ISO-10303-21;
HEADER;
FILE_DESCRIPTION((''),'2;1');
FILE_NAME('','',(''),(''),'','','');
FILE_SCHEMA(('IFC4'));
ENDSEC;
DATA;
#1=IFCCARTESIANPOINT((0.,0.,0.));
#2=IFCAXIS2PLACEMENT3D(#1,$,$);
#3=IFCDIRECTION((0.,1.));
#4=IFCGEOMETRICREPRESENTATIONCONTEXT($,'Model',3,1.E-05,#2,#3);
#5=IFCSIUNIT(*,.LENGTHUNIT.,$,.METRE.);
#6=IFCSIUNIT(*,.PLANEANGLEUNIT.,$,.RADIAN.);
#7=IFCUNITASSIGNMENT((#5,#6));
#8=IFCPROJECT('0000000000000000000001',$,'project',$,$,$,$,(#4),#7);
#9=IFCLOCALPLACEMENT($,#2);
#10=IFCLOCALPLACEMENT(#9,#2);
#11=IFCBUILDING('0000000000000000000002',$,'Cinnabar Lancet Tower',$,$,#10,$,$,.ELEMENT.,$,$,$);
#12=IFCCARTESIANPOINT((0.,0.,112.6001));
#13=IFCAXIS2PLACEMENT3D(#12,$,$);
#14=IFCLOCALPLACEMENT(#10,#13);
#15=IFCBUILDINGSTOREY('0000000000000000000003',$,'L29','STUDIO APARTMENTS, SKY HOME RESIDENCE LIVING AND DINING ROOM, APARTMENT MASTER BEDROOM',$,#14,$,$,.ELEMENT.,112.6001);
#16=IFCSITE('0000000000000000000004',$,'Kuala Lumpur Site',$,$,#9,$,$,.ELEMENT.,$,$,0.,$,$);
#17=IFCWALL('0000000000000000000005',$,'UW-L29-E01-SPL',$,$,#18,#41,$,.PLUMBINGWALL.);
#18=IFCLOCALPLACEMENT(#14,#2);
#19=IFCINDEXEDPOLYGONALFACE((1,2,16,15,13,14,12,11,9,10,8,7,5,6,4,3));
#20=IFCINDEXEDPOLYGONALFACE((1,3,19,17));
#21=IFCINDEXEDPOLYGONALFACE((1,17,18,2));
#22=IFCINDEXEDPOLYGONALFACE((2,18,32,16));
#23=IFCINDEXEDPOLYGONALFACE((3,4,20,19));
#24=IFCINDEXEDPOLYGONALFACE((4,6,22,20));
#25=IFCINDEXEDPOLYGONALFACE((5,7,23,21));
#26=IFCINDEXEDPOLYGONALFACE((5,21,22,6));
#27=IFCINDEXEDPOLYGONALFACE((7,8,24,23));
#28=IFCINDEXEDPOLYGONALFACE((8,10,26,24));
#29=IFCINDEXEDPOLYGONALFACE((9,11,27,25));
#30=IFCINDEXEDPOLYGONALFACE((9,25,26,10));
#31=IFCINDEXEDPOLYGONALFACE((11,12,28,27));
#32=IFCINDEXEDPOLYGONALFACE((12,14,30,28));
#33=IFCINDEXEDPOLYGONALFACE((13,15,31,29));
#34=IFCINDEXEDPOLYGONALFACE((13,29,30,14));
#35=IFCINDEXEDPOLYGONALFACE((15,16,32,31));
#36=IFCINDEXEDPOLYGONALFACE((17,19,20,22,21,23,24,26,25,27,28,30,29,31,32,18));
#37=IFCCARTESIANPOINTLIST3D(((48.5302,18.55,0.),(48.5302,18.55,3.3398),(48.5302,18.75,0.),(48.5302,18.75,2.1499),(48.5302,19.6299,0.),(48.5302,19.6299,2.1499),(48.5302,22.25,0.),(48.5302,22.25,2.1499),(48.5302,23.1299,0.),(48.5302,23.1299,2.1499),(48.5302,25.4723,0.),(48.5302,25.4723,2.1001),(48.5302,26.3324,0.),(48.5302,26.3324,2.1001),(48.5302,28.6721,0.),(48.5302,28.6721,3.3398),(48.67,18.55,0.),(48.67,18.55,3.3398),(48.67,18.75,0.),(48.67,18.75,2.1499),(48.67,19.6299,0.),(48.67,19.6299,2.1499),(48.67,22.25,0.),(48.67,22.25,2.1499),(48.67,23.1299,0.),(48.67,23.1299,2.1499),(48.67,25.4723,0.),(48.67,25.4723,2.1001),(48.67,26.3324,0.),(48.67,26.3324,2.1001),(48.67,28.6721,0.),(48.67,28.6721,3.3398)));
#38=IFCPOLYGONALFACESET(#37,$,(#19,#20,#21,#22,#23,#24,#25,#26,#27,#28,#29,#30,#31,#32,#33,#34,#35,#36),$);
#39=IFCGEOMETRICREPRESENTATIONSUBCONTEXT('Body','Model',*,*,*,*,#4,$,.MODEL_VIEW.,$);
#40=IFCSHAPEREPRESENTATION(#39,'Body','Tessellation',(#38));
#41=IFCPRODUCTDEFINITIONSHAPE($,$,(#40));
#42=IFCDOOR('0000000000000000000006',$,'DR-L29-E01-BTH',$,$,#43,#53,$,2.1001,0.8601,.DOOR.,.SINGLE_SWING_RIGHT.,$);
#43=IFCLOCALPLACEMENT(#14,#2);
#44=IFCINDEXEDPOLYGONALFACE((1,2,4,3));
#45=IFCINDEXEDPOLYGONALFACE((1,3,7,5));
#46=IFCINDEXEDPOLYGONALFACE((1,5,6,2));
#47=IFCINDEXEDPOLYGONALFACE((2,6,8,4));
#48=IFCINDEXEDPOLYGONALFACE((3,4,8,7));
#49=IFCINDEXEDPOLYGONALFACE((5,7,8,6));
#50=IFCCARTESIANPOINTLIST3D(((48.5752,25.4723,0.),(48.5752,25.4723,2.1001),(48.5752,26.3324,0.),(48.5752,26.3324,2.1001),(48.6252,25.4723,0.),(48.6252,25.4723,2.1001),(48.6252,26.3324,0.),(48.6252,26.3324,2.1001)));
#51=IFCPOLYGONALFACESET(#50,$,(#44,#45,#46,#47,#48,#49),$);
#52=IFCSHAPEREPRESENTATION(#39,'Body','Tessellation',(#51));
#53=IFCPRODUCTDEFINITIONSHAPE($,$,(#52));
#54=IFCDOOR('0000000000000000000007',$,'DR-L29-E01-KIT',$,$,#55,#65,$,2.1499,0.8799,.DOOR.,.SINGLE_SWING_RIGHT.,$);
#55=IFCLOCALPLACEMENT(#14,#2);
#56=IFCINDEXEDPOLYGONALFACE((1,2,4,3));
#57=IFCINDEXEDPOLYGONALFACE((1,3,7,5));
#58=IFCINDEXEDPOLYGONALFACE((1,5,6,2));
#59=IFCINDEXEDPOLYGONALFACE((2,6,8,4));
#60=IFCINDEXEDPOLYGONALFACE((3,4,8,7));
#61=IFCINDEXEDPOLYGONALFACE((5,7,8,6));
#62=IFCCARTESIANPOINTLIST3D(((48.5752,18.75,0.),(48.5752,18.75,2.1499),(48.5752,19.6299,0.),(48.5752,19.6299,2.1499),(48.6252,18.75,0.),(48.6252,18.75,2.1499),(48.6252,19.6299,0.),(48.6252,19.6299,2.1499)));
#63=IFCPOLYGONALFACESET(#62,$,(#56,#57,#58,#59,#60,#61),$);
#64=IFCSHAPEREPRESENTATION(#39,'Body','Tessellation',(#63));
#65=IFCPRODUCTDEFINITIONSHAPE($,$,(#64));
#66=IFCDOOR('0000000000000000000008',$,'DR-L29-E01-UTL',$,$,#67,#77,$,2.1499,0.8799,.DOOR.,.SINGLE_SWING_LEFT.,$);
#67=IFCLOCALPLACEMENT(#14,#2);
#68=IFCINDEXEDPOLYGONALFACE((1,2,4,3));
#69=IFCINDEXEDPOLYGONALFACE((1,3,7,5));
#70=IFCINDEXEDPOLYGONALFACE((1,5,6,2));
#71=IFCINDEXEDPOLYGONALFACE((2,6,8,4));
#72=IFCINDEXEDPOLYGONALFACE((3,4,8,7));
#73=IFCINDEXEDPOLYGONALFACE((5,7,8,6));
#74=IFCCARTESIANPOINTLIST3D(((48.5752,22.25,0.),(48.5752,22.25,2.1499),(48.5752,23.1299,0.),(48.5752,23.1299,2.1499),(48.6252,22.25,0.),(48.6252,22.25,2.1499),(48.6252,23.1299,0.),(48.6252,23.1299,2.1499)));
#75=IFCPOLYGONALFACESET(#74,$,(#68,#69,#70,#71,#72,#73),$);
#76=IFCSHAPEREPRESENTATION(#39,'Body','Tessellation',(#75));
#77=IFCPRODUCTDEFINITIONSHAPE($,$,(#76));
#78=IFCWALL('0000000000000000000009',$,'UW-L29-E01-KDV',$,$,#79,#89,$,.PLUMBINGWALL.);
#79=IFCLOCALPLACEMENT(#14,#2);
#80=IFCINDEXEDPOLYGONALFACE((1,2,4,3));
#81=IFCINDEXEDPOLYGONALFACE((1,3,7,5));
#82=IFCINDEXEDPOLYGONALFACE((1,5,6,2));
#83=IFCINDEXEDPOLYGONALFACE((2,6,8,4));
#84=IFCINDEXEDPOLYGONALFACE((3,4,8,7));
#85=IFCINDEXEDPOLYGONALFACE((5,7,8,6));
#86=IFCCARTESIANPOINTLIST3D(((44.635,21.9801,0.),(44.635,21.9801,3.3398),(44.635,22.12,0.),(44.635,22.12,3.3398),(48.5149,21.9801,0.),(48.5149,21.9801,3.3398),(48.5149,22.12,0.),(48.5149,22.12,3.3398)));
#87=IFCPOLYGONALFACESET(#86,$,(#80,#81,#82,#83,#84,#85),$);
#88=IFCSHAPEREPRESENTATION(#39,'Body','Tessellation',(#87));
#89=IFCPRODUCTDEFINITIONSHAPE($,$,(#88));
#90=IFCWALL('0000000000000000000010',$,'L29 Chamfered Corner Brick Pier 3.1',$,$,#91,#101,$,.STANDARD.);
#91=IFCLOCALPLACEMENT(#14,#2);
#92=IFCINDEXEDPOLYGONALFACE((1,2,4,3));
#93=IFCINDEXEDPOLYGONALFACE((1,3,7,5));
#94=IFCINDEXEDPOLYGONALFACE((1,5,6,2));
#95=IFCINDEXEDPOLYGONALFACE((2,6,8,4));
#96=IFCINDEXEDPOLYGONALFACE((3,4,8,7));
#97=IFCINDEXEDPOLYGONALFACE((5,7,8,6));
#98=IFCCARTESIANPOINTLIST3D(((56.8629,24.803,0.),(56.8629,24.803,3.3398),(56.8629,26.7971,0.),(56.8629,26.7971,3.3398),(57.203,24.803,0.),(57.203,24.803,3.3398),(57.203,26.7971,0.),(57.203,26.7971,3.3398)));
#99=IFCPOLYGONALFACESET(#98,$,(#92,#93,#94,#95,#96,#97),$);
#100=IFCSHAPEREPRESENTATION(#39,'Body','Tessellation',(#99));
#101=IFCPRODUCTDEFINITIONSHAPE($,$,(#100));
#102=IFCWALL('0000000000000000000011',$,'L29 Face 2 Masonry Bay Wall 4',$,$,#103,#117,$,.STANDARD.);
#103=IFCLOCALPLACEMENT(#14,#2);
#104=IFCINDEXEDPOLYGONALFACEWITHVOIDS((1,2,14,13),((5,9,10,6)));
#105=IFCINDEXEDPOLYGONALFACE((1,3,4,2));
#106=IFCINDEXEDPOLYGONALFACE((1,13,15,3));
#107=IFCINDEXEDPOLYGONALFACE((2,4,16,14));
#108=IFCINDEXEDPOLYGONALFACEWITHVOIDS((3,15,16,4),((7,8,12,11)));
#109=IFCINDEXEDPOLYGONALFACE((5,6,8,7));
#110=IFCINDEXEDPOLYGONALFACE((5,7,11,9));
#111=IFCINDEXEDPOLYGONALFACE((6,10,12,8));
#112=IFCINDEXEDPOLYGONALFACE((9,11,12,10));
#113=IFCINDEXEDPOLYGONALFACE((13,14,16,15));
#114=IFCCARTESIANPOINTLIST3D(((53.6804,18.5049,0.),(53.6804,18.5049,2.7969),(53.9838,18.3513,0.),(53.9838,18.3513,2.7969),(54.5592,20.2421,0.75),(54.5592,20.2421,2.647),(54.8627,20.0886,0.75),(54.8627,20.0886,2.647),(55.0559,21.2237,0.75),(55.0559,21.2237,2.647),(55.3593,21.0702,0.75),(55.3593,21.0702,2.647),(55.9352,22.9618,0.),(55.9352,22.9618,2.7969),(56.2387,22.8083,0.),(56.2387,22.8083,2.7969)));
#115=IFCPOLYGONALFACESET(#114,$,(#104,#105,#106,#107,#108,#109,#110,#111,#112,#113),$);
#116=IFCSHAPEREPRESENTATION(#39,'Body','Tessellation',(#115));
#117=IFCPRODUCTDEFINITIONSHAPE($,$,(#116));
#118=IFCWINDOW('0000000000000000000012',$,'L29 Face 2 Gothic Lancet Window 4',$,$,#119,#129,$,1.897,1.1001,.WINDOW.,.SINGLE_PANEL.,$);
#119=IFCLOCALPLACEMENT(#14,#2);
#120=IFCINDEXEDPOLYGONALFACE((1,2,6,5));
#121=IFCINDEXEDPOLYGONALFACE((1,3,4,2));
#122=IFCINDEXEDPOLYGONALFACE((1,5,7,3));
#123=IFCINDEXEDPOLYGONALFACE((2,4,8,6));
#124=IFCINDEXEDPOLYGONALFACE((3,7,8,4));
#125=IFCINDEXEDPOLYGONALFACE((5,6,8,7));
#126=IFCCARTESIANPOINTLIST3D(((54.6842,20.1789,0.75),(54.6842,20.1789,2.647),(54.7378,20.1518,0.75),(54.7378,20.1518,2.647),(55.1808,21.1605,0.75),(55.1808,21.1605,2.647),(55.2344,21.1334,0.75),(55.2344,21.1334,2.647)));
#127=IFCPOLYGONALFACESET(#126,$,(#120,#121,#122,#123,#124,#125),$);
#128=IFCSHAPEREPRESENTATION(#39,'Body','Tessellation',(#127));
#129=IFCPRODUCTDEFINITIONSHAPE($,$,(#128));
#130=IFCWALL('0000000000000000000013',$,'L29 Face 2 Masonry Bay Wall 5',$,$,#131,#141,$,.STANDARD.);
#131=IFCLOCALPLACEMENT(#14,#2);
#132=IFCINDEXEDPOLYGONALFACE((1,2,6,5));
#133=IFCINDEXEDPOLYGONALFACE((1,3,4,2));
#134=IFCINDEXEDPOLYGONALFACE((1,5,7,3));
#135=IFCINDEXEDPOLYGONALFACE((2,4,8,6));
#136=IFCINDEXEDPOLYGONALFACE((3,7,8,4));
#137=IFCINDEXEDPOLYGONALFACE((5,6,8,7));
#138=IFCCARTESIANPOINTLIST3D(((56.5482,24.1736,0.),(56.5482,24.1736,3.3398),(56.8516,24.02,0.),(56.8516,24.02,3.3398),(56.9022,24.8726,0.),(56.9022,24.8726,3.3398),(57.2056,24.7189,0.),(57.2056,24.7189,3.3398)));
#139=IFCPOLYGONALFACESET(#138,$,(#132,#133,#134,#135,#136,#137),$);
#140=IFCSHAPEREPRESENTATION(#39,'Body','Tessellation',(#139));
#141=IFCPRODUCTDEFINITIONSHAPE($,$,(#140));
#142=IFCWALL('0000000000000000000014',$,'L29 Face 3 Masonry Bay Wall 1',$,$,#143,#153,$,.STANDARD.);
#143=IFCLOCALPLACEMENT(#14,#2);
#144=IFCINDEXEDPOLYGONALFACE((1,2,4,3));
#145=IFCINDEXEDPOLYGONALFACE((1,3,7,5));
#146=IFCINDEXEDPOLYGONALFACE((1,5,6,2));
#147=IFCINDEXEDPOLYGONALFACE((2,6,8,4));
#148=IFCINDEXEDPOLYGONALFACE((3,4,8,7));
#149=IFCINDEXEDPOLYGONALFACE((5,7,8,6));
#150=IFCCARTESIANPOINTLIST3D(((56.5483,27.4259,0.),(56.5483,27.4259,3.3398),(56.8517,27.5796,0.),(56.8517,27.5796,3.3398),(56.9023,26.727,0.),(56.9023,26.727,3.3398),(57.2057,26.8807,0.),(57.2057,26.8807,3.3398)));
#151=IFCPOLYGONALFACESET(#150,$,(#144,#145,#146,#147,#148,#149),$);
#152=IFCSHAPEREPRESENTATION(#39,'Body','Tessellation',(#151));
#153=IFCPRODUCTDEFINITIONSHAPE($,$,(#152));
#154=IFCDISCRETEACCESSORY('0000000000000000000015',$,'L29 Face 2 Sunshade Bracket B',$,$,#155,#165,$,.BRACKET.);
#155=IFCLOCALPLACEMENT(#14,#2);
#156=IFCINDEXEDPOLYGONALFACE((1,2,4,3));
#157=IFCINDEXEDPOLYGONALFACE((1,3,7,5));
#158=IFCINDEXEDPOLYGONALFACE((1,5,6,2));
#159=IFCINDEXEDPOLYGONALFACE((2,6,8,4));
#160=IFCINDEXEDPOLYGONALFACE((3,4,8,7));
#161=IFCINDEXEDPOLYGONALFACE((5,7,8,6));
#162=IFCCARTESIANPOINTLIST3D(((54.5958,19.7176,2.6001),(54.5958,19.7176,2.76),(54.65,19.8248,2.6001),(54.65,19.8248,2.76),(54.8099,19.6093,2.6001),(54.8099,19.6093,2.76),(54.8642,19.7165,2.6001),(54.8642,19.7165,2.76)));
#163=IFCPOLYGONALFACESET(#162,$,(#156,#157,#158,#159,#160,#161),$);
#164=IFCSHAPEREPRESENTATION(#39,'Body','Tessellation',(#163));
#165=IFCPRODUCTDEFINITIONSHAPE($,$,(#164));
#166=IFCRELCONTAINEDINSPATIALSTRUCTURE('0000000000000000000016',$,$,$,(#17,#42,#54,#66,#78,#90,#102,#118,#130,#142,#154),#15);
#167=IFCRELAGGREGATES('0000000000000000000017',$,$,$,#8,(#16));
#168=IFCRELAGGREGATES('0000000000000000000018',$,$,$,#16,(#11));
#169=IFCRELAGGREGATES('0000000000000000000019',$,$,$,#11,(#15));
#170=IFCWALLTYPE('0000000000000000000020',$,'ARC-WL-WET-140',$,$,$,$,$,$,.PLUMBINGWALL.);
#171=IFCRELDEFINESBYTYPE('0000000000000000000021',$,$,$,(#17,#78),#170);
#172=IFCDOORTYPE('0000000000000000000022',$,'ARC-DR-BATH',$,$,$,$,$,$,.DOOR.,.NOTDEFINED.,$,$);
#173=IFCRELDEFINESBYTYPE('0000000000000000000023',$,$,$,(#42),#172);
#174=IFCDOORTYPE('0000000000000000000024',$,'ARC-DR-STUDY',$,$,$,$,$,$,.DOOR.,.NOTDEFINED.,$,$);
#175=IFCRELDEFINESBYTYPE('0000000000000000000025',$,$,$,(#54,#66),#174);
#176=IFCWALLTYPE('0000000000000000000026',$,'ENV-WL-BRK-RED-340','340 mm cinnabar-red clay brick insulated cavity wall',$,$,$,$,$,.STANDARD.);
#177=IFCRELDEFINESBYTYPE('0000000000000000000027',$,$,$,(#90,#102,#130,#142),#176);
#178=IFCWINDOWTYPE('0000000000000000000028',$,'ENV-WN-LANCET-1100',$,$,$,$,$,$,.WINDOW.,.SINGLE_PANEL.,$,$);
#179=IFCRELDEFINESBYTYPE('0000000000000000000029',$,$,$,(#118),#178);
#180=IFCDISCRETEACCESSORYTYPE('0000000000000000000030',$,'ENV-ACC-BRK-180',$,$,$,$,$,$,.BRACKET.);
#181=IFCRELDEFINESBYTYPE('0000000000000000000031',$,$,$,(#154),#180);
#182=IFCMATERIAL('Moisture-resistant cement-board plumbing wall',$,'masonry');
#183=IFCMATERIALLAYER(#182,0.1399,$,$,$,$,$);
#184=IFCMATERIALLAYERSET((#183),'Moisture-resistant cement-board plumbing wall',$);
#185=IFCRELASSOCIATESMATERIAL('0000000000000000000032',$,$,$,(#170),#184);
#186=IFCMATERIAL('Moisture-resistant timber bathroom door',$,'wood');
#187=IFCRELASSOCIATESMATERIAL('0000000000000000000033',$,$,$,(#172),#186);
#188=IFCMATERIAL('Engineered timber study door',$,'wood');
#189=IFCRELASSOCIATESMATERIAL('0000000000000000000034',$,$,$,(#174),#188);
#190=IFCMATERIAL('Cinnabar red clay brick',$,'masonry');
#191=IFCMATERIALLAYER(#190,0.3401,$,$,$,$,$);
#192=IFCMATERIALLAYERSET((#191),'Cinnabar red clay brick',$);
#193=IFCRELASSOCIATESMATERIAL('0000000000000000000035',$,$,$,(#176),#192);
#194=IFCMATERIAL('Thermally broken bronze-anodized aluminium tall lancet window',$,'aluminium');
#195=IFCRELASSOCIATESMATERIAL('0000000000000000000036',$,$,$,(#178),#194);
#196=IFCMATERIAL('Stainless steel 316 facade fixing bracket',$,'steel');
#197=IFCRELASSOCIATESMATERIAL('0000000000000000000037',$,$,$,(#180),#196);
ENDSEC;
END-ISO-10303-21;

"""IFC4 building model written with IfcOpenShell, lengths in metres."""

from ifc_helpers import new_model, si_unit, direction, frame, frame_2d, origin, origin_2d, place, context, subcontext, project, spatial, rectangle, extrude, material, layer, layer_set, type_object, element, fill, save


model = new_model("IFC4")

# Units and contexts
model_context = context("Model", 3, precision=1e-05, world=origin(), true_north=direction((0.0, 1.0)))
body_context = subcontext(model_context, "Body", "Model", "MODEL_VIEW")
ifc_project = project(units=[si_unit("LENGTHUNIT", "METRE"), si_unit("PLANEANGLEUNIT", "RADIAN")], contexts=[model_context])

# Site, building, storey
site_placement = place(None, origin())
site = spatial("IfcSite", under=ifc_project, at=site_placement, Name="Kuala Lumpur Site", CompositionType="ELEMENT", RefElevation=0.0)
building_placement = place(site_placement, origin())
building = spatial("IfcBuilding", under=site, at=building_placement, Name="Cinnabar Lancet Tower", CompositionType="ELEMENT")
storey_placement = place(building_placement, frame((0.0, 0.0, 112.6001)))
storey = spatial("IfcBuildingStorey", under=building, at=storey_placement, Name="L29", Description="STUDIO APARTMENTS, SKY HOME RESIDENCE LIVING AND DINING ROOM, APARTMENT MASTER BEDROOM", CompositionType="ELEMENT", Elevation=112.6001)

# Wall, openings, doors
ifc_material_1 = material(Name="Moisture-resistant cement-board plumbing wall", Category="masonry")
ifc_layer_1 = layer(ifc_material_1, 0.1399)
ifc_layer_set_1 = layer_set([ifc_layer_1], Name="Moisture-resistant cement-board plumbing wall")
wall_type_1 = type_object("IfcWallType", Name="ARC-WL-WET-140", PredefinedType="PLUMBINGWALL", material=ifc_layer_set_1)
wall_1_placement = place(storey_placement, frame((48.6001, 18.55, 0.0), z_axis=(0.0, 0.0, 1.0), x_axis=(0.0, 1.0, 0.0)))
wall_1 = element("IfcWall", 1, at=wall_1_placement, inside=storey, type_object=wall_type_1, Name="UW-L29-E01-SPL", PredefinedType="PLUMBINGWALL", context=body_context, shape_type="SweptSolid", body=[
    extrude(rectangle(XDim=10.1221, YDim=0.1399, at=frame_2d((5.061, 0.0))), origin(), (0.0, 0.0, 1.0), 3.3398),
])
opening_1_placement = place(wall_1_placement, frame((0.2, 0.0, 0.0)))
opening_1 = element("IfcOpeningElement", 2, at=opening_1_placement, cuts=wall_1, PredefinedType="OPENING", context=body_context, shape_type="SweptSolid", body=[
    extrude(rectangle(XDim=0.8799, YDim=2.1499, at=frame_2d((0.4399, 1.075))), frame((0.0, 0.0798, 0.0), z_axis=(0.0, -1.0, 0.0), x_axis=(1.0, 0.0, 0.0)), (0.0, 0.0, 1.0), 0.1599),
])
opening_2_placement = place(wall_1_placement, frame((3.7, 0.0, 0.0)))
opening_2 = element("IfcOpeningElement", 3, at=opening_2_placement, cuts=wall_1, PredefinedType="OPENING", context=body_context, shape_type="SweptSolid", body=[
    extrude(rectangle(XDim=0.8799, YDim=2.1499, at=frame_2d((0.4399, 1.075))), frame((0.0, 0.0798, 0.0), z_axis=(0.0, -1.0, 0.0), x_axis=(1.0, 0.0, 0.0)), (0.0, 0.0, 1.0), 0.1599),
])
opening_3_placement = place(wall_1_placement, frame((6.9221, 0.0, 0.0)))
opening_3 = element("IfcOpeningElement", 4, at=opening_3_placement, cuts=wall_1, PredefinedType="OPENING", context=body_context, shape_type="SweptSolid", body=[
    extrude(rectangle(XDim=0.8601, YDim=2.1001, at=frame_2d((0.4302, 1.05))), frame((0.0, 0.0798, 0.0), z_axis=(0.0, -1.0, 0.0), x_axis=(1.0, 0.0, 0.0)), (0.0, 0.0, 1.0), 0.1599),
])
ifc_material_2 = material(Name="Moisture-resistant timber bathroom door", Category="wood")
door_type_1 = type_object("IfcDoorType", Name="ARC-DR-BATH", OperationType="NOTDEFINED", PredefinedType="DOOR", material=ifc_material_2)
door_1_placement = place(opening_3_placement, origin())
door_1 = element("IfcDoor", 5, at=door_1_placement, inside=storey, type_object=door_type_1, Name="DR-L29-E01-BTH", OperationType="SINGLE_SWING_RIGHT", OverallHeight=2.1001, OverallWidth=0.8601, PredefinedType="DOOR", context=body_context, shape_type="SweptSolid", body=[
    extrude(rectangle(XDim=0.8601, YDim=2.1001, at=frame_2d((0.4302, 1.05))), frame((0.0, 0.0249, 0.0), z_axis=(0.0, -1.0, 0.0), x_axis=(1.0, 0.0, 0.0)), (0.0, 0.0, 1.0), 0.05),
])
fill(opening_3, door_1)
ifc_material_3 = material(Name="Engineered timber study door", Category="wood")
door_type_2 = type_object("IfcDoorType", Name="ARC-DR-STUDY", OperationType="NOTDEFINED", PredefinedType="DOOR", material=ifc_material_3)
door_2_placement = place(opening_1_placement, origin())
door_2 = element("IfcDoor", 6, at=door_2_placement, inside=storey, type_object=door_type_2, Name="DR-L29-E01-KIT", OperationType="SINGLE_SWING_RIGHT", OverallHeight=2.1499, OverallWidth=0.8799, PredefinedType="DOOR", context=body_context, shape_type="SweptSolid", body=[
    extrude(rectangle(XDim=0.8799, YDim=2.1499, at=frame_2d((0.4399, 1.075))), frame((0.0, 0.0249, 0.0), z_axis=(0.0, -1.0, 0.0), x_axis=(1.0, 0.0, 0.0)), (0.0, 0.0, 1.0), 0.05),
])
fill(opening_1, door_2)
door_3_placement = place(opening_2_placement, origin())
door_3 = element("IfcDoor", 7, at=door_3_placement, inside=storey, type_object=door_type_2, Name="DR-L29-E01-UTL", OperationType="SINGLE_SWING_LEFT", OverallHeight=2.1499, OverallWidth=0.8799, PredefinedType="DOOR", context=body_context, shape_type="SweptSolid", body=[
    extrude(rectangle(XDim=0.8799, YDim=2.1499, at=frame_2d((0.4399, 1.075))), frame((0.0, 0.0249, 0.0), z_axis=(0.0, -1.0, 0.0), x_axis=(1.0, 0.0, 0.0)), (0.0, 0.0, 1.0), 0.05),
])
fill(opening_2, door_3)

# Walls
wall_2_placement = place(storey_placement, frame((44.635, 22.05, 0.0), z_axis=(0.0, 0.0, 1.0), x_axis=(1.0, 0.0, 0.0)))
element("IfcWall", 8, at=wall_2_placement, inside=storey, type_object=wall_type_1, Name="UW-L29-E01-KDV", PredefinedType="PLUMBINGWALL", context=body_context, shape_type="SweptSolid", body=[
    extrude(rectangle(XDim=3.8799, YDim=0.1399, at=frame_2d((1.9399, 0.0))), origin(), (0.0, 0.0, 1.0), 3.3398),
])
ifc_material_4 = material(Name="Cinnabar red clay brick", Category="masonry")
ifc_layer_2 = layer(ifc_material_4, 0.3401)
ifc_layer_set_2 = layer_set([ifc_layer_2], Name="Cinnabar red clay brick")
wall_type_2 = type_object("IfcWallType", Name="ENV-WL-BRK-RED-340", Description="340 mm cinnabar-red clay brick insulated cavity wall", PredefinedType="STANDARD", material=ifc_layer_set_2)
wall_3_placement = place(storey_placement, frame((57.033, 24.803, 0.0), z_axis=(0.0, 0.0, 1.0), x_axis=(0.0, 1.0, 0.0)))
element("IfcWall", 9, at=wall_3_placement, inside=storey, type_object=wall_type_2, Name="L29 Chamfered Corner Brick Pier 3.1", PredefinedType="STANDARD", context=body_context, shape_type="SweptSolid", body=[
    extrude(rectangle(XDim=1.9941, YDim=0.3401, at=frame_2d((0.9971, 0.0))), origin(), (0.0, 0.0, 1.0), 3.3398),
])

# Wall, opening, window
wall_4_placement = place(storey_placement, frame((53.832, 18.428, 0.0), z_axis=(0.0, 0.0, 1.0), x_axis=(0.451432, 0.892306, 0.0)))
wall_4 = element("IfcWall", 10, at=wall_4_placement, inside=storey, type_object=wall_type_2, Name="L29 Face 2 Masonry Bay Wall 4", PredefinedType="STANDARD", context=body_context, shape_type="SweptSolid", body=[
    extrude(rectangle(XDim=4.9949, YDim=0.3401, at=frame_2d((2.4976, 0.0))), origin(), (0.0, 0.0, 1.0), 2.7969),
])
opening_4_placement = place(wall_4_placement, frame((1.947, 0.0, 0.75)))
opening_4 = element("IfcOpeningElement", 11, at=opening_4_placement, cuts=wall_4, PredefinedType="OPENING", context=body_context, shape_type="SweptSolid", body=[
    extrude(rectangle(XDim=1.1001, YDim=1.897, at=frame_2d((0.55, 0.9485))), frame((0.0, 0.1799, 0.0), z_axis=(0.0, -1.0, 0.0), x_axis=(1.0, 0.0, 0.0)), (0.0, 0.0, 1.0), 0.3601),
])
ifc_material_5 = material(Name="Thermally broken bronze-anodized aluminium tall lancet window", Category="aluminium")
window_type = type_object("IfcWindowType", Name="ENV-WN-LANCET-1100", PartitioningType="SINGLE_PANEL", PredefinedType="WINDOW", material=ifc_material_5)
window_placement = place(opening_4_placement, origin())
window = element("IfcWindow", 12, at=window_placement, inside=storey, type_object=window_type, Name="L29 Face 2 Gothic Lancet Window 4", OverallHeight=1.897, OverallWidth=1.1001, PartitioningType="SINGLE_PANEL", PredefinedType="WINDOW", context=body_context, shape_type="SweptSolid", body=[
    extrude(rectangle(XDim=1.1001, YDim=1.897, at=frame_2d((0.55, 0.9485))), frame((0.0, 0.03, 0.0), z_axis=(0.0, -1.0, 0.0), x_axis=(1.0, 0.0, 0.0)), (0.0, 0.0, 1.0), 0.0601),
])
fill(opening_4, window)

# Walls
for number, where, z_axis, x_axis, name in (
    (13, (56.7, 24.0969, 0.0), (0.0, 0.0, 1.0), (0.451819, 0.892109, 0.0), "L29 Face 2 Masonry Bay Wall 5"),
    (14, (57.054, 26.804, 0.0), (0.0, 0.0, 1.0), (-0.451819, 0.892109, 0.0), "L29 Face 3 Masonry Bay Wall 1"),
):
    element("IfcWall", number, at=place(storey_placement, frame(where, z_axis=z_axis, x_axis=x_axis)), inside=storey, type_object=wall_type_2, Name=name, PredefinedType="STANDARD", context=body_context, shape_type="SweptSolid", body=[
        extrude(rectangle(XDim=0.7834, YDim=0.3401, at=frame_2d((0.3916, 0.0))), origin(), (0.0, 0.0, 1.0), 3.3398),
    ])

# Discrete accessory
ifc_material_6 = material(Name="Stainless steel 316 facade fixing bracket", Category="steel")
discrete_accessory_type = type_object("IfcDiscreteAccessoryType", Name="ENV-ACC-BRK-180", PredefinedType="BRACKET", material=ifc_material_6)
discrete_accessory_placement = place(storey_placement, frame((54.73, 19.717, 2.6001), z_axis=(0.0, 0.0, 1.0), x_axis=(0.451454, 0.892294, 0.0)))
element("IfcDiscreteAccessory", 15, at=discrete_accessory_placement, inside=storey, type_object=discrete_accessory_type, Name="L29 Face 2 Sunshade Bracket B", PredefinedType="BRACKET", context=body_context, shape_type="SweptSolid", body=[
    extrude(rectangle(XDim=0.1201, YDim=0.24, at=origin_2d()), origin(), (0.0, 0.0, 1.0), 0.1599),
])

save(model, "model.ifc")
